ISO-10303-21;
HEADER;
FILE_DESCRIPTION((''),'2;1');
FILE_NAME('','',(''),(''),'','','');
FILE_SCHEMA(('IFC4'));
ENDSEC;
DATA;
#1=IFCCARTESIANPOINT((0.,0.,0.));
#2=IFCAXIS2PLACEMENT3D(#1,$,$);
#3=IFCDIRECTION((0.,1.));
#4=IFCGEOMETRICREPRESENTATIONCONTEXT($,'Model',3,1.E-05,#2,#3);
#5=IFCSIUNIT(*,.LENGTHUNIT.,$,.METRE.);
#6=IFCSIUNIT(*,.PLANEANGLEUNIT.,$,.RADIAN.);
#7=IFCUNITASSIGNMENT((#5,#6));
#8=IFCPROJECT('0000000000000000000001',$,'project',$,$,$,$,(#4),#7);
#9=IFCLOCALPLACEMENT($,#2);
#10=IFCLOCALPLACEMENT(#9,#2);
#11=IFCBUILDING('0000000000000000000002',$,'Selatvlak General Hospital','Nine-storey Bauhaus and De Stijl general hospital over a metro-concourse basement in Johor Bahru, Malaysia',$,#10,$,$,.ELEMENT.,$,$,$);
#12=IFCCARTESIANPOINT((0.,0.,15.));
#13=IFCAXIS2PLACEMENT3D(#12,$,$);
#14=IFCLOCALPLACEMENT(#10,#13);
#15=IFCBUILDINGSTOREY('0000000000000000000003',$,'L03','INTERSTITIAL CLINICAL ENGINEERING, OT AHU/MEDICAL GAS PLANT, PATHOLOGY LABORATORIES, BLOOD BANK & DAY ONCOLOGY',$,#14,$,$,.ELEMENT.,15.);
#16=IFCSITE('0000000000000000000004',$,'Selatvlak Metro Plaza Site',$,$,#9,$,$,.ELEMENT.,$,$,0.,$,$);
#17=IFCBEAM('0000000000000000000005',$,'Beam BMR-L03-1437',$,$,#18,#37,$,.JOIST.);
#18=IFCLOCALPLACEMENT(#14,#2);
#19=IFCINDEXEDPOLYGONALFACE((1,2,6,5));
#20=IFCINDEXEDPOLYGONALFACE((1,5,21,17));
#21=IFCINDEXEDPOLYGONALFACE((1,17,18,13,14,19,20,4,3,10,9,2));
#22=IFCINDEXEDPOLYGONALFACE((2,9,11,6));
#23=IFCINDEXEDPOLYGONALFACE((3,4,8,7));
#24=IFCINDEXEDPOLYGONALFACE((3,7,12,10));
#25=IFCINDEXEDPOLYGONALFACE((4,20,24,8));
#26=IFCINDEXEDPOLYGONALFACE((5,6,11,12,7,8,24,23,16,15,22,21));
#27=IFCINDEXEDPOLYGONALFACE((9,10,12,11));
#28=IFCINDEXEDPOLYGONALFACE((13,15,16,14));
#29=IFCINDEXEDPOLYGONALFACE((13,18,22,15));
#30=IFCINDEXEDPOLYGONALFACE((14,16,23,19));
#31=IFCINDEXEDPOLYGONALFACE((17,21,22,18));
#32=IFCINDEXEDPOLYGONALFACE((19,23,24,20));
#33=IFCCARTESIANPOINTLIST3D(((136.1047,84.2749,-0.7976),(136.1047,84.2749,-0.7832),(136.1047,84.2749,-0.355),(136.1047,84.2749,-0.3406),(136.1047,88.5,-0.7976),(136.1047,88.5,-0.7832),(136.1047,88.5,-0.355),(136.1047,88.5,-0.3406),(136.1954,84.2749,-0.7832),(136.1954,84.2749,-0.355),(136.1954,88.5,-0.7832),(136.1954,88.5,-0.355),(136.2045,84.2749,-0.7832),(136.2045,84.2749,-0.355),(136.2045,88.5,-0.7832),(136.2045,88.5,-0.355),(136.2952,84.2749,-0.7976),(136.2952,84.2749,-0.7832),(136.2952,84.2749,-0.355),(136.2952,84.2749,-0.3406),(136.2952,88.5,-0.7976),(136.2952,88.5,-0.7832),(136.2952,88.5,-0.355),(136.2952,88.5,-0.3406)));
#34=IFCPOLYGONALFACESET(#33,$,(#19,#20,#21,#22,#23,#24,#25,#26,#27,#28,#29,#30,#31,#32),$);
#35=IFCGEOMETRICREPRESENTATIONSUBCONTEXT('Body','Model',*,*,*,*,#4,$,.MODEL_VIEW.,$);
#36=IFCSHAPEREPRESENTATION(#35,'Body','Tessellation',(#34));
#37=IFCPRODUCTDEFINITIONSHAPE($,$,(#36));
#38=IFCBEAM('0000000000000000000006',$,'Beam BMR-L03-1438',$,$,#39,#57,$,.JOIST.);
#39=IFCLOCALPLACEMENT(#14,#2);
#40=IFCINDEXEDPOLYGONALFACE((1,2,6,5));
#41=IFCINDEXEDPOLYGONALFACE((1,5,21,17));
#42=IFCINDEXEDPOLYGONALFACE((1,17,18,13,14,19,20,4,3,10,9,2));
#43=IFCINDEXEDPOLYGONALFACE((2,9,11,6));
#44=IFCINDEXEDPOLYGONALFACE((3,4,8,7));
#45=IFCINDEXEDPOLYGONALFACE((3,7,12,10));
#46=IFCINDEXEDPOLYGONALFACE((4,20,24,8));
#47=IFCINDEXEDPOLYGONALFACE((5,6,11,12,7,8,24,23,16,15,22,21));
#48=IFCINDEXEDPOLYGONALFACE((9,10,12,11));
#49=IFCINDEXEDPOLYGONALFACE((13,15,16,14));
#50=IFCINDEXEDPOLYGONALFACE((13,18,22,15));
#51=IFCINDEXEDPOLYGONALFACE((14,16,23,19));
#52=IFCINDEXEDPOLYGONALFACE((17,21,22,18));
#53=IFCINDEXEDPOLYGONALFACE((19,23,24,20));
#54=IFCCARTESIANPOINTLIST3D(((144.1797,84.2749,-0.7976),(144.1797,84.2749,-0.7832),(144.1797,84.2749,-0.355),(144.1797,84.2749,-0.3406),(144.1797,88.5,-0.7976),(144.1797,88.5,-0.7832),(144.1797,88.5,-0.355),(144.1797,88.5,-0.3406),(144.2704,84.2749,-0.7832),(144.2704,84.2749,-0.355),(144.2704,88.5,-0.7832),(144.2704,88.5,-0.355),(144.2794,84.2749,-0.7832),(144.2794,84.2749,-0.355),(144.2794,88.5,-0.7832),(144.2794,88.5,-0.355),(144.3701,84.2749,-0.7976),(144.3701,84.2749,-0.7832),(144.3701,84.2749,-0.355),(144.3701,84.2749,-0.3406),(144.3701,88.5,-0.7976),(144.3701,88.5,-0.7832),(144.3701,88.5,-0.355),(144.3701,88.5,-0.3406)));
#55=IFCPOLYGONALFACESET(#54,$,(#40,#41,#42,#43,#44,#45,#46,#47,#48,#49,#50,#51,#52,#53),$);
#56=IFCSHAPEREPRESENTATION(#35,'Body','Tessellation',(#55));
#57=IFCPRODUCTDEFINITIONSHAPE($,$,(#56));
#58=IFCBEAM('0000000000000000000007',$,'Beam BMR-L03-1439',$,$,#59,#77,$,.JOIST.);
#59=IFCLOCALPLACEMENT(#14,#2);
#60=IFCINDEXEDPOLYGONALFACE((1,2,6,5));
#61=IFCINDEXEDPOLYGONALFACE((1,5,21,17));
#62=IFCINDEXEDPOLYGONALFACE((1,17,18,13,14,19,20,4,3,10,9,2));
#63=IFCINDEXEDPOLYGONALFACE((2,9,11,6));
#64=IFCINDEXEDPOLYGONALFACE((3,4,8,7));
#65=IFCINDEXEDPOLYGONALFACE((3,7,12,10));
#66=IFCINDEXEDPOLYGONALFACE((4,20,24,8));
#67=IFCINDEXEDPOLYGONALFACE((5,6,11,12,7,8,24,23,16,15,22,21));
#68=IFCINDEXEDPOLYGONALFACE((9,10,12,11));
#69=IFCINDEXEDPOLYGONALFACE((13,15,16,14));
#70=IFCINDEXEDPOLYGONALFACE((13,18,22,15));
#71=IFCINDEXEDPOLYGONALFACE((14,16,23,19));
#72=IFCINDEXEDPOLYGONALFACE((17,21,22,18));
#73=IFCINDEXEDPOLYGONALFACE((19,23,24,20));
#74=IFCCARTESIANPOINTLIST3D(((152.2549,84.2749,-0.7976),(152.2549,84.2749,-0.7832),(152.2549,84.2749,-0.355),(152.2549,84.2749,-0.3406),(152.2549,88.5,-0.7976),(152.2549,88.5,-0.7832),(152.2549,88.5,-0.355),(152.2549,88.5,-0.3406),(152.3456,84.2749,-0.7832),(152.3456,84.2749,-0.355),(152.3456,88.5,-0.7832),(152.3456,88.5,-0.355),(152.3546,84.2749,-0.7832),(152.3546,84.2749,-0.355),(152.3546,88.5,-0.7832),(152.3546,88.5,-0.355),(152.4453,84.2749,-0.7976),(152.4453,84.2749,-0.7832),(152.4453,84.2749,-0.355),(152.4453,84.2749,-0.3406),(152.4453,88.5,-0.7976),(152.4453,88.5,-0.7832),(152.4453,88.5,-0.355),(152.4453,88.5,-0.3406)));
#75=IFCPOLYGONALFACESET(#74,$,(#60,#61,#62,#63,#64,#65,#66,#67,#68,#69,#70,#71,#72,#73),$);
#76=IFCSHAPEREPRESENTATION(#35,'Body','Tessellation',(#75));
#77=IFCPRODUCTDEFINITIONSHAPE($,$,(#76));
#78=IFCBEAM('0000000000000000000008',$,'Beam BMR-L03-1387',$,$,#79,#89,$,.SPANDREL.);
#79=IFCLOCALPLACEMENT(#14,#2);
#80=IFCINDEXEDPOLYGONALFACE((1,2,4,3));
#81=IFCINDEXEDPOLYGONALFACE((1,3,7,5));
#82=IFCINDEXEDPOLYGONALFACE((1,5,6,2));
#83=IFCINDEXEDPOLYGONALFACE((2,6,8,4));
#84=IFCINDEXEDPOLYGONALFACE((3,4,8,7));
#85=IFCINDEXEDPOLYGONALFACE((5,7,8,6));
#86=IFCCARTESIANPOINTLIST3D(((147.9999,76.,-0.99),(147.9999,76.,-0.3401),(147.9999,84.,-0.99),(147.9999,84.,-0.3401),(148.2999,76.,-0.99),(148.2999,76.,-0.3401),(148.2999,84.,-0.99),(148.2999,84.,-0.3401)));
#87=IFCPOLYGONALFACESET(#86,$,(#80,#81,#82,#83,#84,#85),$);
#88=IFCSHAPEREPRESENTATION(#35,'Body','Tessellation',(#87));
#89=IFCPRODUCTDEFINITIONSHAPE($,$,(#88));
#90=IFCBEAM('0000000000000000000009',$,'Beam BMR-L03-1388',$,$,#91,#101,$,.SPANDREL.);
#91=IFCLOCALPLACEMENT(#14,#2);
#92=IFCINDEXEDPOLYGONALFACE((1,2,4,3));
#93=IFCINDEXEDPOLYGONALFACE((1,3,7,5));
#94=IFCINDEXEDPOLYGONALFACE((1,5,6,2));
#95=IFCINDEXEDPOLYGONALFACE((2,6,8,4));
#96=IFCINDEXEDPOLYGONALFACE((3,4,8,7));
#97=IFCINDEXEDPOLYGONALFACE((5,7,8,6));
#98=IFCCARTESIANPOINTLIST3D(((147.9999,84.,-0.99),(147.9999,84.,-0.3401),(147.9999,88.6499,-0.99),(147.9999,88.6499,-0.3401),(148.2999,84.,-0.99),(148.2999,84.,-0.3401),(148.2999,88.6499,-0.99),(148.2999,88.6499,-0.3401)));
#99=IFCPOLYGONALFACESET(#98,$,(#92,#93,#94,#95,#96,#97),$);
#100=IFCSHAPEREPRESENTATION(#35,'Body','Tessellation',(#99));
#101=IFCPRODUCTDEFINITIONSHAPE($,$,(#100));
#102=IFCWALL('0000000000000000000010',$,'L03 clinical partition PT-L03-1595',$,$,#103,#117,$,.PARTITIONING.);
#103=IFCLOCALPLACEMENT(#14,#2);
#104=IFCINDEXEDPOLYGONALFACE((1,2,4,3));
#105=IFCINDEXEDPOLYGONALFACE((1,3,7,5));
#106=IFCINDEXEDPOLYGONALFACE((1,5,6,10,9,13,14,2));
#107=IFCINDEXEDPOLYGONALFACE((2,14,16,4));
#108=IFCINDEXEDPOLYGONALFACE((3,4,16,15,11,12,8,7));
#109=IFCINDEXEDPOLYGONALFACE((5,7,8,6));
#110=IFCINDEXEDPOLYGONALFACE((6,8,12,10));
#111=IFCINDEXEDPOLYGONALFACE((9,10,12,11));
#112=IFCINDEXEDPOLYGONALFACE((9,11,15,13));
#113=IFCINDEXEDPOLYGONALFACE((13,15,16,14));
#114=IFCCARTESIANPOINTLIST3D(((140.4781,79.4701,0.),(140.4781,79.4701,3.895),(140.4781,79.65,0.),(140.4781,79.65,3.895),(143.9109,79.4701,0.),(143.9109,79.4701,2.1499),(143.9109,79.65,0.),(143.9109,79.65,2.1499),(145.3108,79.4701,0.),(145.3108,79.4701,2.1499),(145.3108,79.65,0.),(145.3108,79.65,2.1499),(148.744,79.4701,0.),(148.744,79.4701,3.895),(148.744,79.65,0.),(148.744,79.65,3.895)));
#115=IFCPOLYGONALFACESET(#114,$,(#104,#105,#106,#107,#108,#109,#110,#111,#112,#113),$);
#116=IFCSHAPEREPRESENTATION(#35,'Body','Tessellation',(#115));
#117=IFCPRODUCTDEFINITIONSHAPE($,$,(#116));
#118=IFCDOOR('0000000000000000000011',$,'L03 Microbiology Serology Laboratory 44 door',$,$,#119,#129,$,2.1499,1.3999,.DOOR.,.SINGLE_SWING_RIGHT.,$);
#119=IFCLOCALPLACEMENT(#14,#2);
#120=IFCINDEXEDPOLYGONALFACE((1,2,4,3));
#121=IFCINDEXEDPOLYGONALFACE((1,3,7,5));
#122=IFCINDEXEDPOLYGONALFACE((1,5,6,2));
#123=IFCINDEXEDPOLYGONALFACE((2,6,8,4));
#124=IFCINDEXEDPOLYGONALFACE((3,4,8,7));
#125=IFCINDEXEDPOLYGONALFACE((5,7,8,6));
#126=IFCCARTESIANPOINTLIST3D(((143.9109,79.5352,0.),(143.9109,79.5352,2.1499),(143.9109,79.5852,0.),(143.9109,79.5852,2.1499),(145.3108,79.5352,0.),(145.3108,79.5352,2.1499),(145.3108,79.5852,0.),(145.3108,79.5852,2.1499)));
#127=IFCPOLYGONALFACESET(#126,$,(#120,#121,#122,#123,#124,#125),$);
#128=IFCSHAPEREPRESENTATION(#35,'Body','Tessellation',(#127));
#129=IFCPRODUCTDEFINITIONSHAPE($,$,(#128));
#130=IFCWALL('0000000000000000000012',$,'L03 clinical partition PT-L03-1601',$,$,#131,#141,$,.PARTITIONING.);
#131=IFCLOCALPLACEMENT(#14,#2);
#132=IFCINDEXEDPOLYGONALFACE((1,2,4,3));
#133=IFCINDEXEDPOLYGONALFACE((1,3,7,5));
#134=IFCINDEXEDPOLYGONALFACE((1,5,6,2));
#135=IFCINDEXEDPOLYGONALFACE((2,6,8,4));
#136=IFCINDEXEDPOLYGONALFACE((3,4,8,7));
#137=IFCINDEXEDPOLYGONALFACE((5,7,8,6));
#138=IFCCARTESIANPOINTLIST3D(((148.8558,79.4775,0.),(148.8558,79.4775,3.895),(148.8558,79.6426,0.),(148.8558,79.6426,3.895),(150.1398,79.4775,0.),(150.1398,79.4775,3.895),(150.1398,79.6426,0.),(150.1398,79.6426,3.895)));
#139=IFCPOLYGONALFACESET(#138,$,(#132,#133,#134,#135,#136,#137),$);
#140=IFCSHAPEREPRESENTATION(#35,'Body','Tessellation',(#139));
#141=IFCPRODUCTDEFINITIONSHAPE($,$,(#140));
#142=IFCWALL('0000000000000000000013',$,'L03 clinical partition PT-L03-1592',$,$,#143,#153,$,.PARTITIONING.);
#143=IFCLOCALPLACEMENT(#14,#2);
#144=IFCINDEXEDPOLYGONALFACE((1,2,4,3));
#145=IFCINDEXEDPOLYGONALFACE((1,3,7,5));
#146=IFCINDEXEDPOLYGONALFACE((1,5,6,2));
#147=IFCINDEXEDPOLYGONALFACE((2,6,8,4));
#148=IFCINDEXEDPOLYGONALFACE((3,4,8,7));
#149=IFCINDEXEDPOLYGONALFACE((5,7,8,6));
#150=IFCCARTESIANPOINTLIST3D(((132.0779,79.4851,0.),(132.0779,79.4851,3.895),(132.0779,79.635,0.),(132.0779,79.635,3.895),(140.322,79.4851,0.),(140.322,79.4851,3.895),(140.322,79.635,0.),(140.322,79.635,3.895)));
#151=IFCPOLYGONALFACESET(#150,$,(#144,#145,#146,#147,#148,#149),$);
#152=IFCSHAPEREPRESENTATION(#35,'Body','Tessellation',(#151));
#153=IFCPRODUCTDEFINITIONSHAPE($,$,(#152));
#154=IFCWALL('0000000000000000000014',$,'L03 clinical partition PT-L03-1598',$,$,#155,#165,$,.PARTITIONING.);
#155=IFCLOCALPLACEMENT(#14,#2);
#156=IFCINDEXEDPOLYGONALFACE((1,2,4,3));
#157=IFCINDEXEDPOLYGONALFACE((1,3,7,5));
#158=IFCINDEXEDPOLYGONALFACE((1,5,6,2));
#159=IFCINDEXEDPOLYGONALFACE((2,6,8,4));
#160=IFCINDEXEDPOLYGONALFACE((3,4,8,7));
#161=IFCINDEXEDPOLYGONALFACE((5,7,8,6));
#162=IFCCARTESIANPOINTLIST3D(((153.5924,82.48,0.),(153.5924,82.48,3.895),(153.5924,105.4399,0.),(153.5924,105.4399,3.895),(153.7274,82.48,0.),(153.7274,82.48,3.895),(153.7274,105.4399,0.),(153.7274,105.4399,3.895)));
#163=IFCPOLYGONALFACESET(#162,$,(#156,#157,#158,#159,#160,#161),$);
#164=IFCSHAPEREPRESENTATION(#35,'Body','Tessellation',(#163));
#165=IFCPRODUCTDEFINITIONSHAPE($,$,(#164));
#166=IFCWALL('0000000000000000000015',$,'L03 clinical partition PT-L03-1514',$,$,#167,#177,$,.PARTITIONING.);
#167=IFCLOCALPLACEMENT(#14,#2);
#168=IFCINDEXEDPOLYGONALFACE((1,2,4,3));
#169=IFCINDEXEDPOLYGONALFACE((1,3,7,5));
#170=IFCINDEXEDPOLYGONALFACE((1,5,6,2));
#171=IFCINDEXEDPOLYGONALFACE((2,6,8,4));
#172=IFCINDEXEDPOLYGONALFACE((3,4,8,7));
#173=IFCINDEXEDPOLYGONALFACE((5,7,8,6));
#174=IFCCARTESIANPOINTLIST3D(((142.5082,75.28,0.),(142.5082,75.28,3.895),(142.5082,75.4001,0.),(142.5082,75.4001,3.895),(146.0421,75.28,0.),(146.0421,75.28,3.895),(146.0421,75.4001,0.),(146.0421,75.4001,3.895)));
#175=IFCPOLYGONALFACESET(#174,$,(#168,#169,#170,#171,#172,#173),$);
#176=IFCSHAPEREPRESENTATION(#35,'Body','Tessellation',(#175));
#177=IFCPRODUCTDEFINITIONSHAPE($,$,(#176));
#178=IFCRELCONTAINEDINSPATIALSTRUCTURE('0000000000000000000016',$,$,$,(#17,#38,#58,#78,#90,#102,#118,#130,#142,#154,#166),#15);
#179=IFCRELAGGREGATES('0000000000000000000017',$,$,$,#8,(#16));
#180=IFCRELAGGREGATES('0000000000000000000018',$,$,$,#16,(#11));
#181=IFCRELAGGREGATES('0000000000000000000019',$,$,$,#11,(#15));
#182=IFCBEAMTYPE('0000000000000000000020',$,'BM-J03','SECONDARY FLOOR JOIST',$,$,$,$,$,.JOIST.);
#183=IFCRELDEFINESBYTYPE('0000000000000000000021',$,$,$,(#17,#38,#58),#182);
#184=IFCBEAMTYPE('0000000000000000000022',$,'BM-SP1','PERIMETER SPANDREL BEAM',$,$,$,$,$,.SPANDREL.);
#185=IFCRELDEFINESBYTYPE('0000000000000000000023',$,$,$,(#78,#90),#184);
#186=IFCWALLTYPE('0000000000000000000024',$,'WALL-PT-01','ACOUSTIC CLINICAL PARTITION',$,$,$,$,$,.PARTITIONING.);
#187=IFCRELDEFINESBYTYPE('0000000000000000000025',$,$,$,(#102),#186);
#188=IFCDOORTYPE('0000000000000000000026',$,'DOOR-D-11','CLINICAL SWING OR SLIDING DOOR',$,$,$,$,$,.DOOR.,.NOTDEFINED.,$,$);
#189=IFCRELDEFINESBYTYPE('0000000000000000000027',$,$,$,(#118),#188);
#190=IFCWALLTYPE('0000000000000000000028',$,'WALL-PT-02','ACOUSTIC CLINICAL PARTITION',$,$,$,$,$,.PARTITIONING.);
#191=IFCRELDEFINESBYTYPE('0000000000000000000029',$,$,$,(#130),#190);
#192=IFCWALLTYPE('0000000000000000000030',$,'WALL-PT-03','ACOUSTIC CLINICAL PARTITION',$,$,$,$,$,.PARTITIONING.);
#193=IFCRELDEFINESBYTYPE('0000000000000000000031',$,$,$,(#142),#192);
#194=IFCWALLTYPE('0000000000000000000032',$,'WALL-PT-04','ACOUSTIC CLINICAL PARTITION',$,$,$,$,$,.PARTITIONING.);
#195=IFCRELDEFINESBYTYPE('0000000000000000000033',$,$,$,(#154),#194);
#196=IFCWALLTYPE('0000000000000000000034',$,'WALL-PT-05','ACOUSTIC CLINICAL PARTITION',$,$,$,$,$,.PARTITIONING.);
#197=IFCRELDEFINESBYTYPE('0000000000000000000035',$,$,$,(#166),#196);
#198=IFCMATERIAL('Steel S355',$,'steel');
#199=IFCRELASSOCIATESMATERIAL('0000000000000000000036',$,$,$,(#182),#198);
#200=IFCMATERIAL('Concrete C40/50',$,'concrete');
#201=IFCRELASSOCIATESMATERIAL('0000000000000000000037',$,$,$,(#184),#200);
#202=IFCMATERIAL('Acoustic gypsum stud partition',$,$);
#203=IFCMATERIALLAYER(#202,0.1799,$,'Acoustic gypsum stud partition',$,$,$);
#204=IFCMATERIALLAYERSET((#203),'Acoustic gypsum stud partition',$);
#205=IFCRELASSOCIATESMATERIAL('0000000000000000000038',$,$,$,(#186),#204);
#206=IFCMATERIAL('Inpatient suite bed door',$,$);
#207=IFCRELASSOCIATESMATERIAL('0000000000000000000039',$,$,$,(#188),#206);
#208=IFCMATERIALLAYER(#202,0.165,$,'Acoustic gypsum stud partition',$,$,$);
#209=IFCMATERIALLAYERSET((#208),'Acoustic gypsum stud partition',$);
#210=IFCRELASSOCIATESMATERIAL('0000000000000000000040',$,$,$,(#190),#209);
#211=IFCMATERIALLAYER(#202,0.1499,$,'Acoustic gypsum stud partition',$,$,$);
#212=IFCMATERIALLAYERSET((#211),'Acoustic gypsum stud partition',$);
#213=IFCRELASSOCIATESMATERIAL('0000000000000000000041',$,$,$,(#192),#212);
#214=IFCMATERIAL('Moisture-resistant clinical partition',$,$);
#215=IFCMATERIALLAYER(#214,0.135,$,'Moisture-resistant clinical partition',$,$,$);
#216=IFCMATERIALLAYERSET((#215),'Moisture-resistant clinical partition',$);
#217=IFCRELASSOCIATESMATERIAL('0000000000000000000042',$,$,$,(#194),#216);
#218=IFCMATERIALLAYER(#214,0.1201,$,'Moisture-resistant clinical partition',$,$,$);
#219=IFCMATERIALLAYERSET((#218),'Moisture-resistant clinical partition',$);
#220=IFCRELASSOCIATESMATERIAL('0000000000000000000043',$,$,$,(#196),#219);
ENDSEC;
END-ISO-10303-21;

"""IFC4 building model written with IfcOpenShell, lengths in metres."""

from ifc_helpers import new_model, si_unit, direction, frame, frame_2d, origin, origin_2d, place, context, subcontext, project, spatial, rectangle, i_section, extrude, material, layer, layer_set, material_profile, profile_set, type_object, element, fill, save


model = new_model("IFC4")

# Units and contexts
model_context = context("Model", 3, precision=1e-05, world=origin(), true_north=direction((0.0, 1.0)))
body_context = subcontext(model_context, "Body", "Model", "MODEL_VIEW")
ifc_project = project(units=[si_unit("LENGTHUNIT", "METRE"), si_unit("PLANEANGLEUNIT", "RADIAN")], contexts=[model_context])

# Site, building, storey
site_placement = place(None, origin())
site = spatial("IfcSite", under=ifc_project, at=site_placement, Name="Selatvlak Metro Plaza Site", CompositionType="ELEMENT", RefElevation=0.0)
building_placement = place(site_placement, origin())
building = spatial("IfcBuilding", under=site, at=building_placement, Name="Selatvlak General Hospital", Description="Nine-storey Bauhaus and De Stijl general hospital over a metro-concourse basement in Johor Bahru, Malaysia", CompositionType="ELEMENT")
storey_placement = place(building_placement, frame((0.0, 0.0, 15.0)))
storey = spatial("IfcBuildingStorey", under=building, at=storey_placement, Name="L03", Description="INTERSTITIAL CLINICAL ENGINEERING, OT AHU/MEDICAL GAS PLANT, PATHOLOGY LABORATORIES, BLOOD BANK & DAY ONCOLOGY", CompositionType="ELEMENT", Elevation=15.0)

# Beams
ifc_material_1 = material(Name="Concrete C40/50", Category="concrete")
ifc_material_2 = material(Name="Steel S355", Category="steel")
ifc_material_profile_1 = material_profile(ifc_material_2, i_section(OverallWidth=0.1904, OverallDepth=0.457, WebThickness=0.009, FlangeThickness=0.0144, at=origin_2d()), Name="UB 457x191x74")
ifc_profile_set_1 = profile_set([ifc_material_profile_1], Name="Steel S355")
beam_type_1 = type_object("IfcBeamType", Name="BM-J03", Description="SECONDARY FLOOR JOIST", PredefinedType="JOIST", material=ifc_profile_set_1)
for number, where, z_axis, x_axis, name in (
    (1, (136.2, 84.2749, -0.5691), (0.0, 1.0, 0.0), (-1.0, 0.0, 0.0), "Beam BMR-L03-1437"),
    (2, (144.2749, 84.2749, -0.5691), (0.0, 1.0, 0.0), (-1.0, 0.0, 0.0), "Beam BMR-L03-1438"),
    (3, (152.3501, 84.2749, -0.5691), (0.0, 1.0, 0.0), (-1.0, 0.0, 0.0), "Beam BMR-L03-1439"),
):
    element("IfcBeam", number, at=place(storey_placement, frame(where, z_axis=z_axis, x_axis=x_axis)), inside=storey, type_object=beam_type_1, Name=name, PredefinedType="JOIST", context=body_context, shape_type="SweptSolid", body=[
        extrude(i_section(OverallWidth=0.1904, OverallDepth=0.457, WebThickness=0.009, FlangeThickness=0.0144, at=origin_2d()), origin(), (0.0, 0.0, 1.0), 4.2251),
    ])
ifc_material_profile_2 = material_profile(ifc_material_1, rectangle(XDim=0.3, YDim=0.6499, at=origin_2d()), Name="RC-SP 300x650")
ifc_profile_set_2 = profile_set([ifc_material_profile_2], Name="Concrete C40/50")
beam_type_2 = type_object("IfcBeamType", Name="BM-SP1", Description="PERIMETER SPANDREL BEAM", PredefinedType="SPANDREL", material=ifc_profile_set_2)
beam_1_placement = place(storey_placement, frame((148.1499, 76.0, -0.665), z_axis=(0.0, 1.0, 0.0), x_axis=(-1.0, 0.0, 0.0)))
element("IfcBeam", 4, at=beam_1_placement, inside=storey, type_object=beam_type_2, Name="Beam BMR-L03-1387", PredefinedType="SPANDREL", context=body_context, shape_type="SweptSolid", body=[
    extrude(rectangle(XDim=0.3, YDim=0.6499, at=origin_2d()), origin(), (0.0, 0.0, 1.0), 8.0),
])
beam_2_placement = place(storey_placement, frame((148.1499, 84.0, -0.665), z_axis=(0.0, 1.0, 0.0), x_axis=(-1.0, 0.0, 0.0)))
element("IfcBeam", 5, at=beam_2_placement, inside=storey, type_object=beam_type_2, Name="Beam BMR-L03-1388", PredefinedType="SPANDREL", context=body_context, shape_type="SweptSolid", body=[
    extrude(rectangle(XDim=0.3, YDim=0.6499, at=origin_2d()), origin(), (0.0, 0.0, 1.0), 4.6499),
])

# Wall, opening, door
ifc_material_3 = material(Name="Acoustic gypsum stud partition")
ifc_layer_1 = layer(ifc_material_3, 0.1799, Name="Acoustic gypsum stud partition")
ifc_layer_set_1 = layer_set([ifc_layer_1], Name="Acoustic gypsum stud partition")
wall_type_1 = type_object("IfcWallType", Name="WALL-PT-01", Description="ACOUSTIC CLINICAL PARTITION", PredefinedType="PARTITIONING", material=ifc_layer_set_1)
wall_1_placement = place(storey_placement, frame((148.7439, 79.5601, 0.0), z_axis=(0.0, 0.0, 1.0), x_axis=(-1.0, 0.0, 0.0)))
wall_1 = element("IfcWall", 6, at=wall_1_placement, inside=storey, type_object=wall_type_1, Name="L03 clinical partition PT-L03-1595", PredefinedType="PARTITIONING", context=body_context, shape_type="SweptSolid", body=[
    extrude(rectangle(XDim=8.2659, YDim=0.1799, at=frame_2d((4.1328, 0.0))), origin(), (0.0, 0.0, 1.0), 3.895),
])
opening_1_placement = place(wall_1_placement, frame((3.4331, 0.0, 0.0)))
opening_1 = element("IfcOpeningElement", 7, at=opening_1_placement, cuts=wall_1, PredefinedType="OPENING", context=body_context, shape_type="SweptSolid", body=[
    extrude(rectangle(XDim=1.3999, YDim=2.1499, at=frame_2d((0.7, 1.075))), frame((0.0, 0.0999, 0.0), z_axis=(0.0, -1.0, 0.0), x_axis=(1.0, 0.0, 0.0)), (0.0, 0.0, 1.0), 0.2),
])
ifc_material_4 = material(Name="Inpatient suite bed door")
door_type_1 = type_object("IfcDoorType", Name="DOOR-D-11", Description="CLINICAL SWING OR SLIDING DOOR", OperationType="NOTDEFINED", PredefinedType="DOOR", material=ifc_material_4)
door_1_placement = place(opening_1_placement, origin())
door_1 = element("IfcDoor", 8, at=door_1_placement, inside=storey, type_object=door_type_1, Name="L03 Microbiology Serology Laboratory 44 door", OperationType="SINGLE_SWING_RIGHT", OverallHeight=2.1499, OverallWidth=1.3999, PredefinedType="DOOR", context=body_context, shape_type="SweptSolid", body=[
    extrude(rectangle(XDim=1.3999, YDim=2.1499, at=frame_2d((0.7, 1.075))), frame((0.0, 0.0249, 0.0), z_axis=(0.0, -1.0, 0.0), x_axis=(1.0, 0.0, 0.0)), (0.0, 0.0, 1.0), 0.05),
])
fill(opening_1, door_1)

# Walls
ifc_layer_2 = layer(ifc_material_3, 0.165, Name="Acoustic gypsum stud partition")
ifc_layer_set_2 = layer_set([ifc_layer_2], Name="Acoustic gypsum stud partition")
wall_type_2 = type_object("IfcWallType", Name="WALL-PT-02", Description="ACOUSTIC CLINICAL PARTITION", PredefinedType="PARTITIONING", material=ifc_layer_set_2)
wall_2_placement = place(storey_placement, frame((150.1399, 79.5601, 0.0), z_axis=(0.0, 0.0, 1.0), x_axis=(-1.0, 0.0, 0.0)))
element("IfcWall", 9, at=wall_2_placement, inside=storey, type_object=wall_type_2, Name="L03 clinical partition PT-L03-1601", PredefinedType="PARTITIONING", context=body_context, shape_type="SweptSolid", body=[
    extrude(rectangle(XDim=1.2839, YDim=0.165, at=frame_2d((0.6421, 0.0))), origin(), (0.0, 0.0, 1.0), 3.895),
])
ifc_layer_3 = layer(ifc_material_3, 0.1499, Name="Acoustic gypsum stud partition")
ifc_layer_set_3 = layer_set([ifc_layer_3], Name="Acoustic gypsum stud partition")
wall_type_3 = type_object("IfcWallType", Name="WALL-PT-03", Description="ACOUSTIC CLINICAL PARTITION", PredefinedType="PARTITIONING", material=ifc_layer_set_3)
wall_3_placement = place(storey_placement, frame((140.322, 79.5601, 0.0), z_axis=(0.0, 0.0, 1.0), x_axis=(-1.0, 0.0, 0.0)))
element("IfcWall", 10, at=wall_3_placement, inside=storey, type_object=wall_type_3, Name="L03 clinical partition PT-L03-1592", PredefinedType="PARTITIONING", context=body_context, shape_type="SweptSolid", body=[
    extrude(rectangle(XDim=8.2441, YDim=0.1499, at=frame_2d((4.1221, 0.0))), origin(), (0.0, 0.0, 1.0), 3.895),
])
ifc_material_5 = material(Name="Moisture-resistant clinical partition")
ifc_layer_4 = layer(ifc_material_5, 0.135, Name="Moisture-resistant clinical partition")
ifc_layer_set_4 = layer_set([ifc_layer_4], Name="Moisture-resistant clinical partition")
wall_type_4 = type_object("IfcWallType", Name="WALL-PT-04", Description="ACOUSTIC CLINICAL PARTITION", PredefinedType="PARTITIONING", material=ifc_layer_set_4)
wall_4_placement = place(storey_placement, frame((153.6599, 82.48, 0.0), z_axis=(0.0, 0.0, 1.0), x_axis=(0.0, 1.0, 0.0)))
element("IfcWall", 11, at=wall_4_placement, inside=storey, type_object=wall_type_4, Name="L03 clinical partition PT-L03-1598", PredefinedType="PARTITIONING", context=body_context, shape_type="SweptSolid", body=[
    extrude(rectangle(XDim=22.96, YDim=0.135, at=frame_2d((11.48, 0.0))), origin(), (0.0, 0.0, 1.0), 3.895),
])
ifc_layer_5 = layer(ifc_material_5, 0.1201, Name="Moisture-resistant clinical partition")
ifc_layer_set_5 = layer_set([ifc_layer_5], Name="Moisture-resistant clinical partition")
wall_type_5 = type_object("IfcWallType", Name="WALL-PT-05", Description="ACOUSTIC CLINICAL PARTITION", PredefinedType="PARTITIONING", material=ifc_layer_set_5)
wall_5_placement = place(storey_placement, frame((142.5081, 75.3401, 0.0), z_axis=(0.0, 0.0, 1.0), x_axis=(1.0, 0.0, 0.0)))
element("IfcWall", 12, at=wall_5_placement, inside=storey, type_object=wall_type_5, Name="L03 clinical partition PT-L03-1514", PredefinedType="PARTITIONING", context=body_context, shape_type="SweptSolid", body=[
    extrude(rectangle(XDim=3.5339, YDim=0.1201, at=frame_2d((1.7671, 0.0))), origin(), (0.0, 0.0, 1.0), 3.895),
])

save(model, "model.ifc")
